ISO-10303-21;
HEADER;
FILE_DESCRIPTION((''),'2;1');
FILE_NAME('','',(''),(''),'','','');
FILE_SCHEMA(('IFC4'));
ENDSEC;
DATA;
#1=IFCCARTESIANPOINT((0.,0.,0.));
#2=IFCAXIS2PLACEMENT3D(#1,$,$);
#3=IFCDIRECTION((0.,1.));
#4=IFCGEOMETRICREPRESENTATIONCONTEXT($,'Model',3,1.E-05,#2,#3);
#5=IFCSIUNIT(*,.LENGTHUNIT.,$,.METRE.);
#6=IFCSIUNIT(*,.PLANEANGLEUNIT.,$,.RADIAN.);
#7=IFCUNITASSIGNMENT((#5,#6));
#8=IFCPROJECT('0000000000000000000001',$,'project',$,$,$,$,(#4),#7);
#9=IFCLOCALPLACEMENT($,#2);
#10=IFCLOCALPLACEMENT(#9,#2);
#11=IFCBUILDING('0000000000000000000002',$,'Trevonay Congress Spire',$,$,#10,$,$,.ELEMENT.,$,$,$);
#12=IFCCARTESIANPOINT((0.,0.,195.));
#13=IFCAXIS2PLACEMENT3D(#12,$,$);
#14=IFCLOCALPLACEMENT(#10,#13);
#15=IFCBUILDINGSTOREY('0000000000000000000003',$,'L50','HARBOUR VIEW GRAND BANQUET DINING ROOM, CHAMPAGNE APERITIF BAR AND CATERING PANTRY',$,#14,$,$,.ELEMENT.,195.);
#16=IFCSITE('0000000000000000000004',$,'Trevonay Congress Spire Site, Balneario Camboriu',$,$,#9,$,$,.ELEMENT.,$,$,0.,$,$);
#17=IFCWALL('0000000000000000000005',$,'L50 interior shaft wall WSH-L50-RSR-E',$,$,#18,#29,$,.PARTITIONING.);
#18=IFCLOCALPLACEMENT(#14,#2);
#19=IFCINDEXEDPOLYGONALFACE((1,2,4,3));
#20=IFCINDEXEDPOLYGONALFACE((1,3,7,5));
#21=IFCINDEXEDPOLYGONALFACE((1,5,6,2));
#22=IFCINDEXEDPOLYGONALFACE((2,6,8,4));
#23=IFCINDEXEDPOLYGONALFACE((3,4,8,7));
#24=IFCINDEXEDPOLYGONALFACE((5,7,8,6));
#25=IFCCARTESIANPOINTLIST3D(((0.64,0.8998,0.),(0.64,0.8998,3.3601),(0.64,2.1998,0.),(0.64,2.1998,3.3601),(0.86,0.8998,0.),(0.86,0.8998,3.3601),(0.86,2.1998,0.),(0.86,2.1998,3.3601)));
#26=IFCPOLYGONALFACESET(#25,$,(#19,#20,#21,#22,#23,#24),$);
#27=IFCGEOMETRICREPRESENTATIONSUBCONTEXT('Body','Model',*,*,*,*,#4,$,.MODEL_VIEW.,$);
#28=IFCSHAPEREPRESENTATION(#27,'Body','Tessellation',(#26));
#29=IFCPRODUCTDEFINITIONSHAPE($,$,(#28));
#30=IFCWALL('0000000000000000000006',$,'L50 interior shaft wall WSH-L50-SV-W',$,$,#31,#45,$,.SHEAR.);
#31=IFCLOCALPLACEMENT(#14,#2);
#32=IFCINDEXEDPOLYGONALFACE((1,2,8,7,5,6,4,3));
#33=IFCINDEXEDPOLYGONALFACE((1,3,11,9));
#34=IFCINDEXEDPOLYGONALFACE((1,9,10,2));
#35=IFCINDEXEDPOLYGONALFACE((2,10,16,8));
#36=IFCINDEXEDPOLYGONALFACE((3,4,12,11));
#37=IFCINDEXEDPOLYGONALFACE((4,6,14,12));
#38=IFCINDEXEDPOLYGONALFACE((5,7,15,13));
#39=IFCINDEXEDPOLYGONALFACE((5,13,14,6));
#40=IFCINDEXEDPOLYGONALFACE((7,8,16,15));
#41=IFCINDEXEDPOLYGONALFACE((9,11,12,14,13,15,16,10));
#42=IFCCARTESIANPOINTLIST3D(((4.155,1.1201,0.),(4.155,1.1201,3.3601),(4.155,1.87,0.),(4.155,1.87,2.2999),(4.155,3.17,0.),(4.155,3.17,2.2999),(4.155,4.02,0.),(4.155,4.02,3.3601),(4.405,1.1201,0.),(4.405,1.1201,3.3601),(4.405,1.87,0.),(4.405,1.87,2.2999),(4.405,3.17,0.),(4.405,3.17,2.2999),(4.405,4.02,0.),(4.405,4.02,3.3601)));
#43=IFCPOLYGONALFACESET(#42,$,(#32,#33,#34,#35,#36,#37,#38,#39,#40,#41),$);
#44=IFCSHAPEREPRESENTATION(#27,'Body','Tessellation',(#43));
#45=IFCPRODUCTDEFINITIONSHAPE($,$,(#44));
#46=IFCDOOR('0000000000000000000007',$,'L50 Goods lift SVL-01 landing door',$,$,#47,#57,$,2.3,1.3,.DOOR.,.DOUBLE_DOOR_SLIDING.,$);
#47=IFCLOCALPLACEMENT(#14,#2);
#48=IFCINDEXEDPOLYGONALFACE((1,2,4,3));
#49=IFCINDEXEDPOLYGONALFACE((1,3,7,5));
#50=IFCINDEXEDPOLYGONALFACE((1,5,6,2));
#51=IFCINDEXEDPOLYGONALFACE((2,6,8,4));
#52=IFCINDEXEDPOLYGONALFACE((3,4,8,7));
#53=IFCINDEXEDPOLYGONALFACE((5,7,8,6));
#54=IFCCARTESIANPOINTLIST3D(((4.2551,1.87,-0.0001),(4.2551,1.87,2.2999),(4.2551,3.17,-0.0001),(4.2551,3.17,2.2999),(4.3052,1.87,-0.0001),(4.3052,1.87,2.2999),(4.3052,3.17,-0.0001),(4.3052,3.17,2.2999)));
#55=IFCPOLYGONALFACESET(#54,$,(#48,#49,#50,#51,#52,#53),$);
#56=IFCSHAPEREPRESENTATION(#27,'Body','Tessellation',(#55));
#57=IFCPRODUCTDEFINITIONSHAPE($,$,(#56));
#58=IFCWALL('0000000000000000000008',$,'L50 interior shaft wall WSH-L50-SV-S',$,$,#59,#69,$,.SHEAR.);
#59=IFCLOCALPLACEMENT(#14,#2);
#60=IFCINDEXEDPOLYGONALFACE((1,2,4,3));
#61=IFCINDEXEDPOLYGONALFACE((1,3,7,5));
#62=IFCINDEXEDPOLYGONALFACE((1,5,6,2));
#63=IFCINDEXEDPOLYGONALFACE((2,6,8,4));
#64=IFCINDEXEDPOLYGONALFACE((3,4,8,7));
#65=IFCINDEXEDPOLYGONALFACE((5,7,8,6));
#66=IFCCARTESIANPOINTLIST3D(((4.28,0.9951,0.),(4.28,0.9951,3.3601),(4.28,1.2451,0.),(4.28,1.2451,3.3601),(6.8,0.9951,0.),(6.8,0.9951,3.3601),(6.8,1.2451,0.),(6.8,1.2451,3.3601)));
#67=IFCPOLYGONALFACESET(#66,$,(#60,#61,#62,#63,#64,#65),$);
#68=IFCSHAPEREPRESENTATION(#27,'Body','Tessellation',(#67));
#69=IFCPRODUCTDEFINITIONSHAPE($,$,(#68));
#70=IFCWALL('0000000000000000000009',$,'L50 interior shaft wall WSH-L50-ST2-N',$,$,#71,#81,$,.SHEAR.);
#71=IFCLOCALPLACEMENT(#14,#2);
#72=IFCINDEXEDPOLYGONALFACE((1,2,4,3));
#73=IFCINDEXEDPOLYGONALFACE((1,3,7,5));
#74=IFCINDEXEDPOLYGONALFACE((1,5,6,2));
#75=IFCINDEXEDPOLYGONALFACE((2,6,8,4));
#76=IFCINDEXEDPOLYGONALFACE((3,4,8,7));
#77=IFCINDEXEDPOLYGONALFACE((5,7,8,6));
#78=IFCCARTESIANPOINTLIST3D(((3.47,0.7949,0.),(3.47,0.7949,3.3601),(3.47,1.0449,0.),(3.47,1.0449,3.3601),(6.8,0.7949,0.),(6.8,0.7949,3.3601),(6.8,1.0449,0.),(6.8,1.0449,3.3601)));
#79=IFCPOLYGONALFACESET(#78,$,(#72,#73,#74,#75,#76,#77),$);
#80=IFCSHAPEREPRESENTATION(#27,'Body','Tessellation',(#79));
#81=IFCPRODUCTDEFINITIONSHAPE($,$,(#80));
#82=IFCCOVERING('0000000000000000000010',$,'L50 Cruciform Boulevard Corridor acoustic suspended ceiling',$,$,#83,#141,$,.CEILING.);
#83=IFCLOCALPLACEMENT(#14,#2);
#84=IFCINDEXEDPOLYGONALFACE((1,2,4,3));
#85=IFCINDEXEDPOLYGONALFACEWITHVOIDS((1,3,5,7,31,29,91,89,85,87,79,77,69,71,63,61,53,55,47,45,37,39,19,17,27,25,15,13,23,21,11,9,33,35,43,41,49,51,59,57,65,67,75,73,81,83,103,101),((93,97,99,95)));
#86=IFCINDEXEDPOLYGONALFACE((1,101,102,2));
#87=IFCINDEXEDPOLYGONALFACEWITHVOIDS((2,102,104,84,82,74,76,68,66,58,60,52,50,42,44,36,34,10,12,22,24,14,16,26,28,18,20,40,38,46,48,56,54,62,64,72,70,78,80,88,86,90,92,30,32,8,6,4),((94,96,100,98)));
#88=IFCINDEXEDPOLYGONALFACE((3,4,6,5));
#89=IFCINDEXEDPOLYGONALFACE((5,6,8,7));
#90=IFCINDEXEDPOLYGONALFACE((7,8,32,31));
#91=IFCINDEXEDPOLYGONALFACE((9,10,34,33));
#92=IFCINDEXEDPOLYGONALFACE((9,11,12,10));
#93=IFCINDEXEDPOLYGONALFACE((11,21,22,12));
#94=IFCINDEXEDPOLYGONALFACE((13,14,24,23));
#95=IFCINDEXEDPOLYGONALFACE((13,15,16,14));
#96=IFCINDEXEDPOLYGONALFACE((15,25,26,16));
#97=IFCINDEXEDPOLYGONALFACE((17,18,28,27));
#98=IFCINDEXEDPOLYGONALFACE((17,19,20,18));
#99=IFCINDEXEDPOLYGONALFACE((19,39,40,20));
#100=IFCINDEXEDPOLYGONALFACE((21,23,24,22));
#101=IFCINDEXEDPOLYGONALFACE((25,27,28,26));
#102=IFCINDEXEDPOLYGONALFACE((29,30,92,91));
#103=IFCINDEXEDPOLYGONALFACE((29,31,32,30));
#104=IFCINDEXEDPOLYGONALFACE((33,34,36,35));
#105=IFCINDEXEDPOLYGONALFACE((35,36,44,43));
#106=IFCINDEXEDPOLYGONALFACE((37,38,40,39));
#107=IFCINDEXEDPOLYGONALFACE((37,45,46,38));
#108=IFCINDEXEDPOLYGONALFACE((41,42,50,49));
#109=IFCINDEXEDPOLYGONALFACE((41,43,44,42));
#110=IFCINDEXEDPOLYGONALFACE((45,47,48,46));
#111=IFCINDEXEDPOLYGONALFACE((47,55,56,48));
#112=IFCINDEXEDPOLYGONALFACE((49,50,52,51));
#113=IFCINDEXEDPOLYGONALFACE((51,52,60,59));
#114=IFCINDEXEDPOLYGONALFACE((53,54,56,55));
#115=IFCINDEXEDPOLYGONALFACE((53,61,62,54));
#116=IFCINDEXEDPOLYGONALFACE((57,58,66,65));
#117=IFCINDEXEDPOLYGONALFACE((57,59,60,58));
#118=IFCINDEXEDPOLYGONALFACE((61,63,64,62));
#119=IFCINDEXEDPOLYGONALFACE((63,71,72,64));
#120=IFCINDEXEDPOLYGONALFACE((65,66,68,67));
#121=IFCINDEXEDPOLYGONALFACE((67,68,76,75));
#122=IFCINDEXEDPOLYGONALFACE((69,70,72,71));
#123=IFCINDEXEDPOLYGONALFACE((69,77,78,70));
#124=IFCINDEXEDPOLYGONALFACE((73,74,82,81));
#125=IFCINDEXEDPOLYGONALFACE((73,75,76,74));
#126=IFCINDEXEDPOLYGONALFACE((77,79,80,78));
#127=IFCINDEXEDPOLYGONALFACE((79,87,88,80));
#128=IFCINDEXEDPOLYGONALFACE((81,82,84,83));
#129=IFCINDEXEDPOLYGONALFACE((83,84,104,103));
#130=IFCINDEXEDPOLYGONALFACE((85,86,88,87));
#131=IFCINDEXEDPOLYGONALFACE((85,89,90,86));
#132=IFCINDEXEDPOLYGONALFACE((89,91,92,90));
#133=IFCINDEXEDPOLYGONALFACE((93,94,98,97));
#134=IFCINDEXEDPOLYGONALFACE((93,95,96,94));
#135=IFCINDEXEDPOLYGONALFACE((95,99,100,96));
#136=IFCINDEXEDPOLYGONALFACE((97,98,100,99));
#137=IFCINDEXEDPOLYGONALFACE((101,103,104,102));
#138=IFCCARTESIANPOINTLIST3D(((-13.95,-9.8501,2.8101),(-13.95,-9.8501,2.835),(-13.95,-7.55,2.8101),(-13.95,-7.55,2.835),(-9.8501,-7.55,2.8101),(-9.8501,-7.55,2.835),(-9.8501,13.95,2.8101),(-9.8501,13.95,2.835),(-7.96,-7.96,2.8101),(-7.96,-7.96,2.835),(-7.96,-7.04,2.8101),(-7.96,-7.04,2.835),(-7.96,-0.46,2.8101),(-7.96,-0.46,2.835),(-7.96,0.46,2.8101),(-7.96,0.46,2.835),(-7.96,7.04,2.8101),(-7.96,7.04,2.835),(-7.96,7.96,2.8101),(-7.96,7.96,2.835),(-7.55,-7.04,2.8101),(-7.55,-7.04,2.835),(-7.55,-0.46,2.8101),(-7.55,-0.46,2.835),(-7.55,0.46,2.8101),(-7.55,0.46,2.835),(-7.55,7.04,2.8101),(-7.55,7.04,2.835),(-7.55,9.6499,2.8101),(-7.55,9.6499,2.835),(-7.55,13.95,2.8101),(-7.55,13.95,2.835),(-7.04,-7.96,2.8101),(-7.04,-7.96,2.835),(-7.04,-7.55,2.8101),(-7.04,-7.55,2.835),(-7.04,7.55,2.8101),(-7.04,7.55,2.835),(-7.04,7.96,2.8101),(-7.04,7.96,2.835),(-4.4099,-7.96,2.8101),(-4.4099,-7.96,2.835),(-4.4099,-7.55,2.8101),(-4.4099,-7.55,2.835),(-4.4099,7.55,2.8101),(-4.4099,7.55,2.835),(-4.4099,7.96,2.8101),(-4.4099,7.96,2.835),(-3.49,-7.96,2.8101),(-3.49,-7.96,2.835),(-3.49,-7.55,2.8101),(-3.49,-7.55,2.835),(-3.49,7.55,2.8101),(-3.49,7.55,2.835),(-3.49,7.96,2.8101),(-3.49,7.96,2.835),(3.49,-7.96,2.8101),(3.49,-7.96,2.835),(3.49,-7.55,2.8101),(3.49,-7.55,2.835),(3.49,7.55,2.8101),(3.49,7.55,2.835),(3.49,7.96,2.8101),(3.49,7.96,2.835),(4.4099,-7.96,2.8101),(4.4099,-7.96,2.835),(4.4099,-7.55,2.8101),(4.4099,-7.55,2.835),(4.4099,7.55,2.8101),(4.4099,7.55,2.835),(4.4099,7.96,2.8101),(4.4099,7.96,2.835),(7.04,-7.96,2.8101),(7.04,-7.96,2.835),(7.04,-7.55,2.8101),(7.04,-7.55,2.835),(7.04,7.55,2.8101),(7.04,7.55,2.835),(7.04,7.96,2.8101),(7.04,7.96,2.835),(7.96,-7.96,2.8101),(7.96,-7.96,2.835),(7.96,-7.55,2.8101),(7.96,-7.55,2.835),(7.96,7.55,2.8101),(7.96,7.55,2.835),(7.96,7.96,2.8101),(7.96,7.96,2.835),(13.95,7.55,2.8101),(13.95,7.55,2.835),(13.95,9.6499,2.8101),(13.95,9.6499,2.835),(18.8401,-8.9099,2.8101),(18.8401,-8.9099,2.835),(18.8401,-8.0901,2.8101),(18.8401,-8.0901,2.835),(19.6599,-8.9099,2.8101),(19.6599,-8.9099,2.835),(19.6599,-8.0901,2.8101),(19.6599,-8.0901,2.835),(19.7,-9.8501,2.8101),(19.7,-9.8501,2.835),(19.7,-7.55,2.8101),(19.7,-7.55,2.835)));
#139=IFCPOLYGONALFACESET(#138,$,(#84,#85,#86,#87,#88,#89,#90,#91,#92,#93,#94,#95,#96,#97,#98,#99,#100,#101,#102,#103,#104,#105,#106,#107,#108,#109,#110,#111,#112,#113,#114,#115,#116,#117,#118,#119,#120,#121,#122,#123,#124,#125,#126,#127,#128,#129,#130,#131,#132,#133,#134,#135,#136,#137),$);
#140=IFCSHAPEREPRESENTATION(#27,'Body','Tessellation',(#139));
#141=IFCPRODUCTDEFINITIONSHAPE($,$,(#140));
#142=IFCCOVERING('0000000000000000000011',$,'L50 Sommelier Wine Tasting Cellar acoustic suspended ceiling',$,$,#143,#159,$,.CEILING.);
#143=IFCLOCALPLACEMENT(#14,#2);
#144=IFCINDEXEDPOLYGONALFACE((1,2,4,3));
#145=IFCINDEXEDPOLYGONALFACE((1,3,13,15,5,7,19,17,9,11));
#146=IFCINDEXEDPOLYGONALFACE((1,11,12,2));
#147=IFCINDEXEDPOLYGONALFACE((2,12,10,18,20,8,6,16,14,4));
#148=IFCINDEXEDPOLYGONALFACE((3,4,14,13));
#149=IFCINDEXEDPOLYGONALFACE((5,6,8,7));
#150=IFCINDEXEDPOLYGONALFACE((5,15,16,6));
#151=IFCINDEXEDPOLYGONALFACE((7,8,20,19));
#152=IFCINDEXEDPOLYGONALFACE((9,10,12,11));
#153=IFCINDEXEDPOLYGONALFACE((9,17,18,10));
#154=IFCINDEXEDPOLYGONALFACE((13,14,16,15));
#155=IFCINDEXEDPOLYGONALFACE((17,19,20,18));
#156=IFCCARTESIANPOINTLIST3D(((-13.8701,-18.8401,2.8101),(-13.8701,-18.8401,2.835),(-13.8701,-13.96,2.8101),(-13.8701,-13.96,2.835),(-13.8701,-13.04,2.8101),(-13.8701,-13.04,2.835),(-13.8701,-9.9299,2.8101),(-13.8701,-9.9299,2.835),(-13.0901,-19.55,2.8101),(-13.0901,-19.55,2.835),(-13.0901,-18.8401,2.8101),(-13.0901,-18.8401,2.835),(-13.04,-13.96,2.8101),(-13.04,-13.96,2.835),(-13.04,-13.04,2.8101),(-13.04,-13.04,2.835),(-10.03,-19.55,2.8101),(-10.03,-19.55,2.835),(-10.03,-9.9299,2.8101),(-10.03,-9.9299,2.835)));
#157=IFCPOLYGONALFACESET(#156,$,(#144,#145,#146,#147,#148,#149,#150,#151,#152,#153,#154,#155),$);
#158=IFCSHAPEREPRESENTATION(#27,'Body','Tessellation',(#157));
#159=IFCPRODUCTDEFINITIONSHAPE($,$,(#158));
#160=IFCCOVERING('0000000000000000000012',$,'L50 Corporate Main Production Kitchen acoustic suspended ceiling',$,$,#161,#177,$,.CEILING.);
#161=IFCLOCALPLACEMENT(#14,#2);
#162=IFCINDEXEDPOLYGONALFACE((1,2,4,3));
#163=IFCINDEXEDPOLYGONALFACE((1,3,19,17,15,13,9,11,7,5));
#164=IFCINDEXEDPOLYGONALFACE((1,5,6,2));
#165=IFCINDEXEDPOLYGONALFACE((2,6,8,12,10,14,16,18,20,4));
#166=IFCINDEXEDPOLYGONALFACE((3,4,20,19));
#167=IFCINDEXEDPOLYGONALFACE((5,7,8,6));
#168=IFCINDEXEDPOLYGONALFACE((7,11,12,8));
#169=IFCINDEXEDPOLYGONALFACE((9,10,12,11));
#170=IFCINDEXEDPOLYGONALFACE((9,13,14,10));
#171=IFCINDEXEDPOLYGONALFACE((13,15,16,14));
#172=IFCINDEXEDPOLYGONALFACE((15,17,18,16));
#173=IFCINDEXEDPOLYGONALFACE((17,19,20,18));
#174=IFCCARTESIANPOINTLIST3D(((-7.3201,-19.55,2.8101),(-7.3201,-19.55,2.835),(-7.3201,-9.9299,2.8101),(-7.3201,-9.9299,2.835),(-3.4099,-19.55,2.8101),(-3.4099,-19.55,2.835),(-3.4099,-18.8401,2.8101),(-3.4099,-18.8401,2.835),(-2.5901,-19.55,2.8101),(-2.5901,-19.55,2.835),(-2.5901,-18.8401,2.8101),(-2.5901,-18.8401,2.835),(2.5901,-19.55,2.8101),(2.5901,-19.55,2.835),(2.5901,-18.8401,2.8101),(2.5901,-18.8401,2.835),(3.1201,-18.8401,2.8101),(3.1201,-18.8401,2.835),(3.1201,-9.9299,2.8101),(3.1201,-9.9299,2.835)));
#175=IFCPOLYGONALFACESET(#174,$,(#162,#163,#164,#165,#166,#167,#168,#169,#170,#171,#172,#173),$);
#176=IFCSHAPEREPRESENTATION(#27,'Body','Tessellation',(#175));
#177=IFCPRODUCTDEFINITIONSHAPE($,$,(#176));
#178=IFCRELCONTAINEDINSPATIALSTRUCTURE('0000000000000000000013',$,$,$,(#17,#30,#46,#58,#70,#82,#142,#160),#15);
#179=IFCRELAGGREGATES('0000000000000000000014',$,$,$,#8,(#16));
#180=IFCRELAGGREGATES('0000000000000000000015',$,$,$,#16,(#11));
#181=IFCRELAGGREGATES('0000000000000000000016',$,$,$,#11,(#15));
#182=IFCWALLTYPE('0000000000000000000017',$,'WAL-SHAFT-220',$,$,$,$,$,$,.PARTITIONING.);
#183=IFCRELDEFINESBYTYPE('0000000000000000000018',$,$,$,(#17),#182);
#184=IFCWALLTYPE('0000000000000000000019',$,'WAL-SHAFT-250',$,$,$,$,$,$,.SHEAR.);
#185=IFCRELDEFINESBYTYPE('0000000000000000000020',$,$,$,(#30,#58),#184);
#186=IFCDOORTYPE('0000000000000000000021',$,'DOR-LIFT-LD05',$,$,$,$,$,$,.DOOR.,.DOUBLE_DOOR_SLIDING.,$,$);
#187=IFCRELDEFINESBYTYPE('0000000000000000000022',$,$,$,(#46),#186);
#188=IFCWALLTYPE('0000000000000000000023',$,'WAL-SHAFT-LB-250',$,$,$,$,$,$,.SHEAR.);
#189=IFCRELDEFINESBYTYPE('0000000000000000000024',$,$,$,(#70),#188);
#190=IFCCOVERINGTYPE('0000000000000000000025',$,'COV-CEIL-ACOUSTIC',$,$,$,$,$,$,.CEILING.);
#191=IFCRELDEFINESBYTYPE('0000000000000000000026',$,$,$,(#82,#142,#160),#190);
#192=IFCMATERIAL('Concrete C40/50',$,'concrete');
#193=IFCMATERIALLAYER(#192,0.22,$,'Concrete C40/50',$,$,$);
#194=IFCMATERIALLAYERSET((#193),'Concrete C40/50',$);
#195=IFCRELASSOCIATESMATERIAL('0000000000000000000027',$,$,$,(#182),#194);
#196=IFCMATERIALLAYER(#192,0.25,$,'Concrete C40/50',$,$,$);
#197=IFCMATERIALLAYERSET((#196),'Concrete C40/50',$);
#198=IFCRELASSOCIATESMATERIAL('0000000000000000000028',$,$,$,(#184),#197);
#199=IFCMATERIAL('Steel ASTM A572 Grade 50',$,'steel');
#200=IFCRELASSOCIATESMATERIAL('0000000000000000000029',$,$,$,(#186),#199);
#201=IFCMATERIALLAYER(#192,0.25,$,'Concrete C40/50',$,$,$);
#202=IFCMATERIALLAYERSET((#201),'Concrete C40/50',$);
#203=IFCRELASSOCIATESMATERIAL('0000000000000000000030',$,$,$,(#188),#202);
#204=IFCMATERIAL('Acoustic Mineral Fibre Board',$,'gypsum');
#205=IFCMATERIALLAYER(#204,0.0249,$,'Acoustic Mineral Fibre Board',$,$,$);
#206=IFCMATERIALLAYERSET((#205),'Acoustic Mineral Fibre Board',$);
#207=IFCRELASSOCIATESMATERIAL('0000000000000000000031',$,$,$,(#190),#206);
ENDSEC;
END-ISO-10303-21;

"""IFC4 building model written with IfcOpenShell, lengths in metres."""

from ifc_helpers import new_model, si_unit, direction, frame, frame_2d, origin, place, context, subcontext, project, spatial, polyline, rectangle, outline, extrude, material, layer, layer_set, type_object, element, fill, save


model = new_model("IFC4")

# Units and contexts
model_context = context("Model", 3, precision=1e-05, world=origin(), true_north=direction((0.0, 1.0)))
body_context = subcontext(model_context, "Body", "Model", "MODEL_VIEW")
ifc_project = project(units=[si_unit("LENGTHUNIT", "METRE"), si_unit("PLANEANGLEUNIT", "RADIAN")], contexts=[model_context])

# Site, building, storey
site_placement = place(None, origin())
site = spatial("IfcSite", under=ifc_project, at=site_placement, Name="Trevonay Congress Spire Site, Balneario Camboriu", CompositionType="ELEMENT", RefElevation=0.0)
building_placement = place(site_placement, origin())
building = spatial("IfcBuilding", under=site, at=building_placement, Name="Trevonay Congress Spire", CompositionType="ELEMENT")
storey_placement = place(building_placement, frame((0.0, 0.0, 195.0)))
storey = spatial("IfcBuildingStorey", under=building, at=storey_placement, Name="L50", Description="HARBOUR VIEW GRAND BANQUET DINING ROOM, CHAMPAGNE APERITIF BAR AND CATERING PANTRY", CompositionType="ELEMENT", Elevation=195.0)

# Wall
ifc_material_1 = material(Name="Concrete C40/50", Category="concrete")
ifc_layer_1 = layer(ifc_material_1, 0.22, Name="Concrete C40/50")
ifc_layer_set_1 = layer_set([ifc_layer_1], Name="Concrete C40/50")
wall_type_1 = type_object("IfcWallType", Name="WAL-SHAFT-220", PredefinedType="PARTITIONING", material=ifc_layer_set_1)
wall_1_placement = place(storey_placement, frame((0.75, 0.8999, 0.0), z_axis=(0.0, 0.0, 1.0), x_axis=(0.0, 1.0, 0.0)))
element("IfcWall", 1, at=wall_1_placement, inside=storey, type_object=wall_type_1, Name="L50 interior shaft wall WSH-L50-RSR-E", PredefinedType="PARTITIONING", context=body_context, shape_type="SweptSolid", body=[
    extrude(rectangle(XDim=1.3, YDim=0.22, at=frame_2d((0.6499, 0.0))), origin(), (0.0, 0.0, 1.0), 3.3601),
])

# Wall, opening, door
ifc_layer_2 = layer(ifc_material_1, 0.25, Name="Concrete C40/50")
ifc_layer_set_2 = layer_set([ifc_layer_2], Name="Concrete C40/50")
wall_type_2 = type_object("IfcWallType", Name="WAL-SHAFT-250", PredefinedType="SHEAR", material=ifc_layer_set_2)
wall_2_placement = place(storey_placement, frame((4.28, 1.1201, 0.0), z_axis=(0.0, 0.0, 1.0), x_axis=(0.0, 1.0, 0.0)))
wall_2 = element("IfcWall", 2, at=wall_2_placement, inside=storey, type_object=wall_type_2, Name="L50 interior shaft wall WSH-L50-SV-W", PredefinedType="SHEAR", context=body_context, shape_type="SweptSolid", body=[
    extrude(rectangle(XDim=2.8999, YDim=0.25, at=frame_2d((1.45, 0.0))), origin(), (0.0, 0.0, 1.0), 3.3601),
])
opening_placement = place(wall_2_placement, frame((0.75, 0.0, 0.0)))
opening = element("IfcOpeningElement", 3, at=opening_placement, cuts=wall_2, PredefinedType="OPENING", context=body_context, shape_type="SweptSolid", body=[
    extrude(rectangle(XDim=1.3, YDim=2.3, at=frame_2d((0.6499, 1.1499))), frame((0.0, 0.135, 0.0), z_axis=(0.0, -1.0, 0.0), x_axis=(1.0, 0.0, 0.0)), (0.0, 0.0, 1.0), 0.27),
])
ifc_material_2 = material(Name="Steel ASTM A572 Grade 50", Category="steel")
door_type = type_object("IfcDoorType", Name="DOR-LIFT-LD05", OperationType="DOUBLE_DOOR_SLIDING", PredefinedType="DOOR", material=ifc_material_2)
door_placement = place(opening_placement, origin())
door = element("IfcDoor", 4, at=door_placement, inside=storey, type_object=door_type, Name="L50 Goods lift SVL-01 landing door", OperationType="DOUBLE_DOOR_SLIDING", OverallHeight=2.3, OverallWidth=1.3, PredefinedType="DOOR", context=body_context, shape_type="SweptSolid", body=[
    extrude(rectangle(XDim=1.3, YDim=2.3, at=frame_2d((0.6499, 1.1499))), frame((0.0, 0.0249, 0.0), z_axis=(0.0, -1.0, 0.0), x_axis=(1.0, 0.0, 0.0)), (0.0, 0.0, 1.0), 0.05),
])
fill(opening, door)

# Walls
wall_3_placement = place(storey_placement, frame((4.28, 1.1201, 0.0), z_axis=(0.0, 0.0, 1.0), x_axis=(1.0, 0.0, 0.0)))
element("IfcWall", 5, at=wall_3_placement, inside=storey, type_object=wall_type_2, Name="L50 interior shaft wall WSH-L50-SV-S", PredefinedType="SHEAR", context=body_context, shape_type="SweptSolid", body=[
    extrude(rectangle(XDim=2.52, YDim=0.25, at=frame_2d((1.26, 0.0))), origin(), (0.0, 0.0, 1.0), 3.3601),
])
ifc_layer_3 = layer(ifc_material_1, 0.25, Name="Concrete C40/50")
ifc_layer_set_3 = layer_set([ifc_layer_3], Name="Concrete C40/50")
wall_type_3 = type_object("IfcWallType", Name="WAL-SHAFT-LB-250", PredefinedType="SHEAR", material=ifc_layer_set_3)
wall_4_placement = place(storey_placement, frame((3.47, 0.9199, 0.0), z_axis=(0.0, 0.0, 1.0), x_axis=(1.0, 0.0, 0.0)))
element("IfcWall", 6, at=wall_4_placement, inside=storey, type_object=wall_type_3, Name="L50 interior shaft wall WSH-L50-ST2-N", PredefinedType="SHEAR", context=body_context, shape_type="SweptSolid", body=[
    extrude(rectangle(XDim=3.3301, YDim=0.25, at=frame_2d((1.665, 0.0))), origin(), (0.0, 0.0, 1.0), 3.3601),
])

# Coverings
ifc_material_3 = material(Name="Acoustic Mineral Fibre Board", Category="gypsum")
ifc_layer_4 = layer(ifc_material_3, 0.0249, Name="Acoustic Mineral Fibre Board")
ifc_layer_set_4 = layer_set([ifc_layer_4], Name="Acoustic Mineral Fibre Board")
covering_type_1 = type_object("IfcCoveringType", Name="COV-CEIL-ACOUSTIC", PredefinedType="CEILING", material=ifc_layer_set_4)
covering_1_placement = place(storey_placement, frame((0.0, 0.0, 2.8101)))
element("IfcCovering", 7, at=covering_1_placement, inside=storey, type_object=covering_type_1, Name="L50 Cruciform Boulevard Corridor acoustic suspended ceiling", PredefinedType="CEILING", context=body_context, shape_type="SweptSolid", body=[
    extrude(outline(polyline([(19.7, -7.55), (19.7, -9.8501), (-13.95, -9.8501), (-13.95, -7.55), (-9.8501, -7.55), (-9.8501, 13.95), (-7.55, 13.95), (-7.55, 9.6499), (13.95, 9.6499), (13.95, 7.55), (7.96, 7.55), (7.96, 7.96), (7.04, 7.96), (7.04, 7.55), (4.4099, 7.55), (4.4099, 7.96), (3.49, 7.96), (3.49, 7.55), (-3.49, 7.55), (-3.49, 7.96), (-4.4099, 7.96), (-4.4099, 7.55), (-7.04, 7.55), (-7.04, 7.96), (-7.96, 7.96), (-7.96, 7.04), (-7.55, 7.04), (-7.55, 0.46), (-7.96, 0.46), (-7.96, -0.46), (-7.55, -0.46), (-7.55, -7.04), (-7.96, -7.04), (-7.96, -7.96), (-7.04, -7.96), (-7.04, -7.55), (-4.4099, -7.55), (-4.4099, -7.96), (-3.49, -7.96), (-3.49, -7.55), (3.49, -7.55), (3.49, -7.96), (4.4099, -7.96), (4.4099, -7.55), (7.04, -7.55), (7.04, -7.96), (7.96, -7.96), (7.96, -7.55), (19.7, -7.55)]), holes=[polyline([(19.6599, -8.0901), (18.8401, -8.0901), (18.8401, -8.9099), (19.6599, -8.9099), (19.6599, -8.0901)])]), origin(), (0.0, 0.0, 1.0), 0.0249),
])
covering_2_placement = place(storey_placement, frame((0.0, 0.0, 2.8101)))
element("IfcCovering", 8, at=covering_2_placement, inside=storey, type_object=covering_type_1, Name="L50 Sommelier Wine Tasting Cellar acoustic suspended ceiling", PredefinedType="CEILING", context=body_context, shape_type="SweptSolid", body=[
    extrude(outline(polyline([(-13.8701, -9.9299), (-10.03, -9.9299), (-10.03, -19.55), (-13.0901, -19.55), (-13.0901, -18.8401), (-13.8701, -18.8401), (-13.8701, -13.96), (-13.04, -13.96), (-13.04, -13.04), (-13.8701, -13.04), (-13.8701, -9.9299)])), origin(), (0.0, 0.0, 1.0), 0.0249),
])
covering_3_placement = place(storey_placement, frame((0.0, 0.0, 2.8101)))
element("IfcCovering", 9, at=covering_3_placement, inside=storey, type_object=covering_type_1, Name="L50 Corporate Main Production Kitchen acoustic suspended ceiling", PredefinedType="CEILING", context=body_context, shape_type="SweptSolid", body=[
    extrude(outline(polyline([(-7.3201, -19.55), (-7.3201, -9.9299), (3.1201, -9.9299), (3.1201, -18.8401), (2.5901, -18.8401), (2.5901, -19.55), (-2.5901, -19.55), (-2.5901, -18.8401), (-3.4099, -18.8401), (-3.4099, -19.55), (-7.3201, -19.55)])), origin(), (0.0, 0.0, 1.0), 0.0249),
])

save(model, "model.ifc")
